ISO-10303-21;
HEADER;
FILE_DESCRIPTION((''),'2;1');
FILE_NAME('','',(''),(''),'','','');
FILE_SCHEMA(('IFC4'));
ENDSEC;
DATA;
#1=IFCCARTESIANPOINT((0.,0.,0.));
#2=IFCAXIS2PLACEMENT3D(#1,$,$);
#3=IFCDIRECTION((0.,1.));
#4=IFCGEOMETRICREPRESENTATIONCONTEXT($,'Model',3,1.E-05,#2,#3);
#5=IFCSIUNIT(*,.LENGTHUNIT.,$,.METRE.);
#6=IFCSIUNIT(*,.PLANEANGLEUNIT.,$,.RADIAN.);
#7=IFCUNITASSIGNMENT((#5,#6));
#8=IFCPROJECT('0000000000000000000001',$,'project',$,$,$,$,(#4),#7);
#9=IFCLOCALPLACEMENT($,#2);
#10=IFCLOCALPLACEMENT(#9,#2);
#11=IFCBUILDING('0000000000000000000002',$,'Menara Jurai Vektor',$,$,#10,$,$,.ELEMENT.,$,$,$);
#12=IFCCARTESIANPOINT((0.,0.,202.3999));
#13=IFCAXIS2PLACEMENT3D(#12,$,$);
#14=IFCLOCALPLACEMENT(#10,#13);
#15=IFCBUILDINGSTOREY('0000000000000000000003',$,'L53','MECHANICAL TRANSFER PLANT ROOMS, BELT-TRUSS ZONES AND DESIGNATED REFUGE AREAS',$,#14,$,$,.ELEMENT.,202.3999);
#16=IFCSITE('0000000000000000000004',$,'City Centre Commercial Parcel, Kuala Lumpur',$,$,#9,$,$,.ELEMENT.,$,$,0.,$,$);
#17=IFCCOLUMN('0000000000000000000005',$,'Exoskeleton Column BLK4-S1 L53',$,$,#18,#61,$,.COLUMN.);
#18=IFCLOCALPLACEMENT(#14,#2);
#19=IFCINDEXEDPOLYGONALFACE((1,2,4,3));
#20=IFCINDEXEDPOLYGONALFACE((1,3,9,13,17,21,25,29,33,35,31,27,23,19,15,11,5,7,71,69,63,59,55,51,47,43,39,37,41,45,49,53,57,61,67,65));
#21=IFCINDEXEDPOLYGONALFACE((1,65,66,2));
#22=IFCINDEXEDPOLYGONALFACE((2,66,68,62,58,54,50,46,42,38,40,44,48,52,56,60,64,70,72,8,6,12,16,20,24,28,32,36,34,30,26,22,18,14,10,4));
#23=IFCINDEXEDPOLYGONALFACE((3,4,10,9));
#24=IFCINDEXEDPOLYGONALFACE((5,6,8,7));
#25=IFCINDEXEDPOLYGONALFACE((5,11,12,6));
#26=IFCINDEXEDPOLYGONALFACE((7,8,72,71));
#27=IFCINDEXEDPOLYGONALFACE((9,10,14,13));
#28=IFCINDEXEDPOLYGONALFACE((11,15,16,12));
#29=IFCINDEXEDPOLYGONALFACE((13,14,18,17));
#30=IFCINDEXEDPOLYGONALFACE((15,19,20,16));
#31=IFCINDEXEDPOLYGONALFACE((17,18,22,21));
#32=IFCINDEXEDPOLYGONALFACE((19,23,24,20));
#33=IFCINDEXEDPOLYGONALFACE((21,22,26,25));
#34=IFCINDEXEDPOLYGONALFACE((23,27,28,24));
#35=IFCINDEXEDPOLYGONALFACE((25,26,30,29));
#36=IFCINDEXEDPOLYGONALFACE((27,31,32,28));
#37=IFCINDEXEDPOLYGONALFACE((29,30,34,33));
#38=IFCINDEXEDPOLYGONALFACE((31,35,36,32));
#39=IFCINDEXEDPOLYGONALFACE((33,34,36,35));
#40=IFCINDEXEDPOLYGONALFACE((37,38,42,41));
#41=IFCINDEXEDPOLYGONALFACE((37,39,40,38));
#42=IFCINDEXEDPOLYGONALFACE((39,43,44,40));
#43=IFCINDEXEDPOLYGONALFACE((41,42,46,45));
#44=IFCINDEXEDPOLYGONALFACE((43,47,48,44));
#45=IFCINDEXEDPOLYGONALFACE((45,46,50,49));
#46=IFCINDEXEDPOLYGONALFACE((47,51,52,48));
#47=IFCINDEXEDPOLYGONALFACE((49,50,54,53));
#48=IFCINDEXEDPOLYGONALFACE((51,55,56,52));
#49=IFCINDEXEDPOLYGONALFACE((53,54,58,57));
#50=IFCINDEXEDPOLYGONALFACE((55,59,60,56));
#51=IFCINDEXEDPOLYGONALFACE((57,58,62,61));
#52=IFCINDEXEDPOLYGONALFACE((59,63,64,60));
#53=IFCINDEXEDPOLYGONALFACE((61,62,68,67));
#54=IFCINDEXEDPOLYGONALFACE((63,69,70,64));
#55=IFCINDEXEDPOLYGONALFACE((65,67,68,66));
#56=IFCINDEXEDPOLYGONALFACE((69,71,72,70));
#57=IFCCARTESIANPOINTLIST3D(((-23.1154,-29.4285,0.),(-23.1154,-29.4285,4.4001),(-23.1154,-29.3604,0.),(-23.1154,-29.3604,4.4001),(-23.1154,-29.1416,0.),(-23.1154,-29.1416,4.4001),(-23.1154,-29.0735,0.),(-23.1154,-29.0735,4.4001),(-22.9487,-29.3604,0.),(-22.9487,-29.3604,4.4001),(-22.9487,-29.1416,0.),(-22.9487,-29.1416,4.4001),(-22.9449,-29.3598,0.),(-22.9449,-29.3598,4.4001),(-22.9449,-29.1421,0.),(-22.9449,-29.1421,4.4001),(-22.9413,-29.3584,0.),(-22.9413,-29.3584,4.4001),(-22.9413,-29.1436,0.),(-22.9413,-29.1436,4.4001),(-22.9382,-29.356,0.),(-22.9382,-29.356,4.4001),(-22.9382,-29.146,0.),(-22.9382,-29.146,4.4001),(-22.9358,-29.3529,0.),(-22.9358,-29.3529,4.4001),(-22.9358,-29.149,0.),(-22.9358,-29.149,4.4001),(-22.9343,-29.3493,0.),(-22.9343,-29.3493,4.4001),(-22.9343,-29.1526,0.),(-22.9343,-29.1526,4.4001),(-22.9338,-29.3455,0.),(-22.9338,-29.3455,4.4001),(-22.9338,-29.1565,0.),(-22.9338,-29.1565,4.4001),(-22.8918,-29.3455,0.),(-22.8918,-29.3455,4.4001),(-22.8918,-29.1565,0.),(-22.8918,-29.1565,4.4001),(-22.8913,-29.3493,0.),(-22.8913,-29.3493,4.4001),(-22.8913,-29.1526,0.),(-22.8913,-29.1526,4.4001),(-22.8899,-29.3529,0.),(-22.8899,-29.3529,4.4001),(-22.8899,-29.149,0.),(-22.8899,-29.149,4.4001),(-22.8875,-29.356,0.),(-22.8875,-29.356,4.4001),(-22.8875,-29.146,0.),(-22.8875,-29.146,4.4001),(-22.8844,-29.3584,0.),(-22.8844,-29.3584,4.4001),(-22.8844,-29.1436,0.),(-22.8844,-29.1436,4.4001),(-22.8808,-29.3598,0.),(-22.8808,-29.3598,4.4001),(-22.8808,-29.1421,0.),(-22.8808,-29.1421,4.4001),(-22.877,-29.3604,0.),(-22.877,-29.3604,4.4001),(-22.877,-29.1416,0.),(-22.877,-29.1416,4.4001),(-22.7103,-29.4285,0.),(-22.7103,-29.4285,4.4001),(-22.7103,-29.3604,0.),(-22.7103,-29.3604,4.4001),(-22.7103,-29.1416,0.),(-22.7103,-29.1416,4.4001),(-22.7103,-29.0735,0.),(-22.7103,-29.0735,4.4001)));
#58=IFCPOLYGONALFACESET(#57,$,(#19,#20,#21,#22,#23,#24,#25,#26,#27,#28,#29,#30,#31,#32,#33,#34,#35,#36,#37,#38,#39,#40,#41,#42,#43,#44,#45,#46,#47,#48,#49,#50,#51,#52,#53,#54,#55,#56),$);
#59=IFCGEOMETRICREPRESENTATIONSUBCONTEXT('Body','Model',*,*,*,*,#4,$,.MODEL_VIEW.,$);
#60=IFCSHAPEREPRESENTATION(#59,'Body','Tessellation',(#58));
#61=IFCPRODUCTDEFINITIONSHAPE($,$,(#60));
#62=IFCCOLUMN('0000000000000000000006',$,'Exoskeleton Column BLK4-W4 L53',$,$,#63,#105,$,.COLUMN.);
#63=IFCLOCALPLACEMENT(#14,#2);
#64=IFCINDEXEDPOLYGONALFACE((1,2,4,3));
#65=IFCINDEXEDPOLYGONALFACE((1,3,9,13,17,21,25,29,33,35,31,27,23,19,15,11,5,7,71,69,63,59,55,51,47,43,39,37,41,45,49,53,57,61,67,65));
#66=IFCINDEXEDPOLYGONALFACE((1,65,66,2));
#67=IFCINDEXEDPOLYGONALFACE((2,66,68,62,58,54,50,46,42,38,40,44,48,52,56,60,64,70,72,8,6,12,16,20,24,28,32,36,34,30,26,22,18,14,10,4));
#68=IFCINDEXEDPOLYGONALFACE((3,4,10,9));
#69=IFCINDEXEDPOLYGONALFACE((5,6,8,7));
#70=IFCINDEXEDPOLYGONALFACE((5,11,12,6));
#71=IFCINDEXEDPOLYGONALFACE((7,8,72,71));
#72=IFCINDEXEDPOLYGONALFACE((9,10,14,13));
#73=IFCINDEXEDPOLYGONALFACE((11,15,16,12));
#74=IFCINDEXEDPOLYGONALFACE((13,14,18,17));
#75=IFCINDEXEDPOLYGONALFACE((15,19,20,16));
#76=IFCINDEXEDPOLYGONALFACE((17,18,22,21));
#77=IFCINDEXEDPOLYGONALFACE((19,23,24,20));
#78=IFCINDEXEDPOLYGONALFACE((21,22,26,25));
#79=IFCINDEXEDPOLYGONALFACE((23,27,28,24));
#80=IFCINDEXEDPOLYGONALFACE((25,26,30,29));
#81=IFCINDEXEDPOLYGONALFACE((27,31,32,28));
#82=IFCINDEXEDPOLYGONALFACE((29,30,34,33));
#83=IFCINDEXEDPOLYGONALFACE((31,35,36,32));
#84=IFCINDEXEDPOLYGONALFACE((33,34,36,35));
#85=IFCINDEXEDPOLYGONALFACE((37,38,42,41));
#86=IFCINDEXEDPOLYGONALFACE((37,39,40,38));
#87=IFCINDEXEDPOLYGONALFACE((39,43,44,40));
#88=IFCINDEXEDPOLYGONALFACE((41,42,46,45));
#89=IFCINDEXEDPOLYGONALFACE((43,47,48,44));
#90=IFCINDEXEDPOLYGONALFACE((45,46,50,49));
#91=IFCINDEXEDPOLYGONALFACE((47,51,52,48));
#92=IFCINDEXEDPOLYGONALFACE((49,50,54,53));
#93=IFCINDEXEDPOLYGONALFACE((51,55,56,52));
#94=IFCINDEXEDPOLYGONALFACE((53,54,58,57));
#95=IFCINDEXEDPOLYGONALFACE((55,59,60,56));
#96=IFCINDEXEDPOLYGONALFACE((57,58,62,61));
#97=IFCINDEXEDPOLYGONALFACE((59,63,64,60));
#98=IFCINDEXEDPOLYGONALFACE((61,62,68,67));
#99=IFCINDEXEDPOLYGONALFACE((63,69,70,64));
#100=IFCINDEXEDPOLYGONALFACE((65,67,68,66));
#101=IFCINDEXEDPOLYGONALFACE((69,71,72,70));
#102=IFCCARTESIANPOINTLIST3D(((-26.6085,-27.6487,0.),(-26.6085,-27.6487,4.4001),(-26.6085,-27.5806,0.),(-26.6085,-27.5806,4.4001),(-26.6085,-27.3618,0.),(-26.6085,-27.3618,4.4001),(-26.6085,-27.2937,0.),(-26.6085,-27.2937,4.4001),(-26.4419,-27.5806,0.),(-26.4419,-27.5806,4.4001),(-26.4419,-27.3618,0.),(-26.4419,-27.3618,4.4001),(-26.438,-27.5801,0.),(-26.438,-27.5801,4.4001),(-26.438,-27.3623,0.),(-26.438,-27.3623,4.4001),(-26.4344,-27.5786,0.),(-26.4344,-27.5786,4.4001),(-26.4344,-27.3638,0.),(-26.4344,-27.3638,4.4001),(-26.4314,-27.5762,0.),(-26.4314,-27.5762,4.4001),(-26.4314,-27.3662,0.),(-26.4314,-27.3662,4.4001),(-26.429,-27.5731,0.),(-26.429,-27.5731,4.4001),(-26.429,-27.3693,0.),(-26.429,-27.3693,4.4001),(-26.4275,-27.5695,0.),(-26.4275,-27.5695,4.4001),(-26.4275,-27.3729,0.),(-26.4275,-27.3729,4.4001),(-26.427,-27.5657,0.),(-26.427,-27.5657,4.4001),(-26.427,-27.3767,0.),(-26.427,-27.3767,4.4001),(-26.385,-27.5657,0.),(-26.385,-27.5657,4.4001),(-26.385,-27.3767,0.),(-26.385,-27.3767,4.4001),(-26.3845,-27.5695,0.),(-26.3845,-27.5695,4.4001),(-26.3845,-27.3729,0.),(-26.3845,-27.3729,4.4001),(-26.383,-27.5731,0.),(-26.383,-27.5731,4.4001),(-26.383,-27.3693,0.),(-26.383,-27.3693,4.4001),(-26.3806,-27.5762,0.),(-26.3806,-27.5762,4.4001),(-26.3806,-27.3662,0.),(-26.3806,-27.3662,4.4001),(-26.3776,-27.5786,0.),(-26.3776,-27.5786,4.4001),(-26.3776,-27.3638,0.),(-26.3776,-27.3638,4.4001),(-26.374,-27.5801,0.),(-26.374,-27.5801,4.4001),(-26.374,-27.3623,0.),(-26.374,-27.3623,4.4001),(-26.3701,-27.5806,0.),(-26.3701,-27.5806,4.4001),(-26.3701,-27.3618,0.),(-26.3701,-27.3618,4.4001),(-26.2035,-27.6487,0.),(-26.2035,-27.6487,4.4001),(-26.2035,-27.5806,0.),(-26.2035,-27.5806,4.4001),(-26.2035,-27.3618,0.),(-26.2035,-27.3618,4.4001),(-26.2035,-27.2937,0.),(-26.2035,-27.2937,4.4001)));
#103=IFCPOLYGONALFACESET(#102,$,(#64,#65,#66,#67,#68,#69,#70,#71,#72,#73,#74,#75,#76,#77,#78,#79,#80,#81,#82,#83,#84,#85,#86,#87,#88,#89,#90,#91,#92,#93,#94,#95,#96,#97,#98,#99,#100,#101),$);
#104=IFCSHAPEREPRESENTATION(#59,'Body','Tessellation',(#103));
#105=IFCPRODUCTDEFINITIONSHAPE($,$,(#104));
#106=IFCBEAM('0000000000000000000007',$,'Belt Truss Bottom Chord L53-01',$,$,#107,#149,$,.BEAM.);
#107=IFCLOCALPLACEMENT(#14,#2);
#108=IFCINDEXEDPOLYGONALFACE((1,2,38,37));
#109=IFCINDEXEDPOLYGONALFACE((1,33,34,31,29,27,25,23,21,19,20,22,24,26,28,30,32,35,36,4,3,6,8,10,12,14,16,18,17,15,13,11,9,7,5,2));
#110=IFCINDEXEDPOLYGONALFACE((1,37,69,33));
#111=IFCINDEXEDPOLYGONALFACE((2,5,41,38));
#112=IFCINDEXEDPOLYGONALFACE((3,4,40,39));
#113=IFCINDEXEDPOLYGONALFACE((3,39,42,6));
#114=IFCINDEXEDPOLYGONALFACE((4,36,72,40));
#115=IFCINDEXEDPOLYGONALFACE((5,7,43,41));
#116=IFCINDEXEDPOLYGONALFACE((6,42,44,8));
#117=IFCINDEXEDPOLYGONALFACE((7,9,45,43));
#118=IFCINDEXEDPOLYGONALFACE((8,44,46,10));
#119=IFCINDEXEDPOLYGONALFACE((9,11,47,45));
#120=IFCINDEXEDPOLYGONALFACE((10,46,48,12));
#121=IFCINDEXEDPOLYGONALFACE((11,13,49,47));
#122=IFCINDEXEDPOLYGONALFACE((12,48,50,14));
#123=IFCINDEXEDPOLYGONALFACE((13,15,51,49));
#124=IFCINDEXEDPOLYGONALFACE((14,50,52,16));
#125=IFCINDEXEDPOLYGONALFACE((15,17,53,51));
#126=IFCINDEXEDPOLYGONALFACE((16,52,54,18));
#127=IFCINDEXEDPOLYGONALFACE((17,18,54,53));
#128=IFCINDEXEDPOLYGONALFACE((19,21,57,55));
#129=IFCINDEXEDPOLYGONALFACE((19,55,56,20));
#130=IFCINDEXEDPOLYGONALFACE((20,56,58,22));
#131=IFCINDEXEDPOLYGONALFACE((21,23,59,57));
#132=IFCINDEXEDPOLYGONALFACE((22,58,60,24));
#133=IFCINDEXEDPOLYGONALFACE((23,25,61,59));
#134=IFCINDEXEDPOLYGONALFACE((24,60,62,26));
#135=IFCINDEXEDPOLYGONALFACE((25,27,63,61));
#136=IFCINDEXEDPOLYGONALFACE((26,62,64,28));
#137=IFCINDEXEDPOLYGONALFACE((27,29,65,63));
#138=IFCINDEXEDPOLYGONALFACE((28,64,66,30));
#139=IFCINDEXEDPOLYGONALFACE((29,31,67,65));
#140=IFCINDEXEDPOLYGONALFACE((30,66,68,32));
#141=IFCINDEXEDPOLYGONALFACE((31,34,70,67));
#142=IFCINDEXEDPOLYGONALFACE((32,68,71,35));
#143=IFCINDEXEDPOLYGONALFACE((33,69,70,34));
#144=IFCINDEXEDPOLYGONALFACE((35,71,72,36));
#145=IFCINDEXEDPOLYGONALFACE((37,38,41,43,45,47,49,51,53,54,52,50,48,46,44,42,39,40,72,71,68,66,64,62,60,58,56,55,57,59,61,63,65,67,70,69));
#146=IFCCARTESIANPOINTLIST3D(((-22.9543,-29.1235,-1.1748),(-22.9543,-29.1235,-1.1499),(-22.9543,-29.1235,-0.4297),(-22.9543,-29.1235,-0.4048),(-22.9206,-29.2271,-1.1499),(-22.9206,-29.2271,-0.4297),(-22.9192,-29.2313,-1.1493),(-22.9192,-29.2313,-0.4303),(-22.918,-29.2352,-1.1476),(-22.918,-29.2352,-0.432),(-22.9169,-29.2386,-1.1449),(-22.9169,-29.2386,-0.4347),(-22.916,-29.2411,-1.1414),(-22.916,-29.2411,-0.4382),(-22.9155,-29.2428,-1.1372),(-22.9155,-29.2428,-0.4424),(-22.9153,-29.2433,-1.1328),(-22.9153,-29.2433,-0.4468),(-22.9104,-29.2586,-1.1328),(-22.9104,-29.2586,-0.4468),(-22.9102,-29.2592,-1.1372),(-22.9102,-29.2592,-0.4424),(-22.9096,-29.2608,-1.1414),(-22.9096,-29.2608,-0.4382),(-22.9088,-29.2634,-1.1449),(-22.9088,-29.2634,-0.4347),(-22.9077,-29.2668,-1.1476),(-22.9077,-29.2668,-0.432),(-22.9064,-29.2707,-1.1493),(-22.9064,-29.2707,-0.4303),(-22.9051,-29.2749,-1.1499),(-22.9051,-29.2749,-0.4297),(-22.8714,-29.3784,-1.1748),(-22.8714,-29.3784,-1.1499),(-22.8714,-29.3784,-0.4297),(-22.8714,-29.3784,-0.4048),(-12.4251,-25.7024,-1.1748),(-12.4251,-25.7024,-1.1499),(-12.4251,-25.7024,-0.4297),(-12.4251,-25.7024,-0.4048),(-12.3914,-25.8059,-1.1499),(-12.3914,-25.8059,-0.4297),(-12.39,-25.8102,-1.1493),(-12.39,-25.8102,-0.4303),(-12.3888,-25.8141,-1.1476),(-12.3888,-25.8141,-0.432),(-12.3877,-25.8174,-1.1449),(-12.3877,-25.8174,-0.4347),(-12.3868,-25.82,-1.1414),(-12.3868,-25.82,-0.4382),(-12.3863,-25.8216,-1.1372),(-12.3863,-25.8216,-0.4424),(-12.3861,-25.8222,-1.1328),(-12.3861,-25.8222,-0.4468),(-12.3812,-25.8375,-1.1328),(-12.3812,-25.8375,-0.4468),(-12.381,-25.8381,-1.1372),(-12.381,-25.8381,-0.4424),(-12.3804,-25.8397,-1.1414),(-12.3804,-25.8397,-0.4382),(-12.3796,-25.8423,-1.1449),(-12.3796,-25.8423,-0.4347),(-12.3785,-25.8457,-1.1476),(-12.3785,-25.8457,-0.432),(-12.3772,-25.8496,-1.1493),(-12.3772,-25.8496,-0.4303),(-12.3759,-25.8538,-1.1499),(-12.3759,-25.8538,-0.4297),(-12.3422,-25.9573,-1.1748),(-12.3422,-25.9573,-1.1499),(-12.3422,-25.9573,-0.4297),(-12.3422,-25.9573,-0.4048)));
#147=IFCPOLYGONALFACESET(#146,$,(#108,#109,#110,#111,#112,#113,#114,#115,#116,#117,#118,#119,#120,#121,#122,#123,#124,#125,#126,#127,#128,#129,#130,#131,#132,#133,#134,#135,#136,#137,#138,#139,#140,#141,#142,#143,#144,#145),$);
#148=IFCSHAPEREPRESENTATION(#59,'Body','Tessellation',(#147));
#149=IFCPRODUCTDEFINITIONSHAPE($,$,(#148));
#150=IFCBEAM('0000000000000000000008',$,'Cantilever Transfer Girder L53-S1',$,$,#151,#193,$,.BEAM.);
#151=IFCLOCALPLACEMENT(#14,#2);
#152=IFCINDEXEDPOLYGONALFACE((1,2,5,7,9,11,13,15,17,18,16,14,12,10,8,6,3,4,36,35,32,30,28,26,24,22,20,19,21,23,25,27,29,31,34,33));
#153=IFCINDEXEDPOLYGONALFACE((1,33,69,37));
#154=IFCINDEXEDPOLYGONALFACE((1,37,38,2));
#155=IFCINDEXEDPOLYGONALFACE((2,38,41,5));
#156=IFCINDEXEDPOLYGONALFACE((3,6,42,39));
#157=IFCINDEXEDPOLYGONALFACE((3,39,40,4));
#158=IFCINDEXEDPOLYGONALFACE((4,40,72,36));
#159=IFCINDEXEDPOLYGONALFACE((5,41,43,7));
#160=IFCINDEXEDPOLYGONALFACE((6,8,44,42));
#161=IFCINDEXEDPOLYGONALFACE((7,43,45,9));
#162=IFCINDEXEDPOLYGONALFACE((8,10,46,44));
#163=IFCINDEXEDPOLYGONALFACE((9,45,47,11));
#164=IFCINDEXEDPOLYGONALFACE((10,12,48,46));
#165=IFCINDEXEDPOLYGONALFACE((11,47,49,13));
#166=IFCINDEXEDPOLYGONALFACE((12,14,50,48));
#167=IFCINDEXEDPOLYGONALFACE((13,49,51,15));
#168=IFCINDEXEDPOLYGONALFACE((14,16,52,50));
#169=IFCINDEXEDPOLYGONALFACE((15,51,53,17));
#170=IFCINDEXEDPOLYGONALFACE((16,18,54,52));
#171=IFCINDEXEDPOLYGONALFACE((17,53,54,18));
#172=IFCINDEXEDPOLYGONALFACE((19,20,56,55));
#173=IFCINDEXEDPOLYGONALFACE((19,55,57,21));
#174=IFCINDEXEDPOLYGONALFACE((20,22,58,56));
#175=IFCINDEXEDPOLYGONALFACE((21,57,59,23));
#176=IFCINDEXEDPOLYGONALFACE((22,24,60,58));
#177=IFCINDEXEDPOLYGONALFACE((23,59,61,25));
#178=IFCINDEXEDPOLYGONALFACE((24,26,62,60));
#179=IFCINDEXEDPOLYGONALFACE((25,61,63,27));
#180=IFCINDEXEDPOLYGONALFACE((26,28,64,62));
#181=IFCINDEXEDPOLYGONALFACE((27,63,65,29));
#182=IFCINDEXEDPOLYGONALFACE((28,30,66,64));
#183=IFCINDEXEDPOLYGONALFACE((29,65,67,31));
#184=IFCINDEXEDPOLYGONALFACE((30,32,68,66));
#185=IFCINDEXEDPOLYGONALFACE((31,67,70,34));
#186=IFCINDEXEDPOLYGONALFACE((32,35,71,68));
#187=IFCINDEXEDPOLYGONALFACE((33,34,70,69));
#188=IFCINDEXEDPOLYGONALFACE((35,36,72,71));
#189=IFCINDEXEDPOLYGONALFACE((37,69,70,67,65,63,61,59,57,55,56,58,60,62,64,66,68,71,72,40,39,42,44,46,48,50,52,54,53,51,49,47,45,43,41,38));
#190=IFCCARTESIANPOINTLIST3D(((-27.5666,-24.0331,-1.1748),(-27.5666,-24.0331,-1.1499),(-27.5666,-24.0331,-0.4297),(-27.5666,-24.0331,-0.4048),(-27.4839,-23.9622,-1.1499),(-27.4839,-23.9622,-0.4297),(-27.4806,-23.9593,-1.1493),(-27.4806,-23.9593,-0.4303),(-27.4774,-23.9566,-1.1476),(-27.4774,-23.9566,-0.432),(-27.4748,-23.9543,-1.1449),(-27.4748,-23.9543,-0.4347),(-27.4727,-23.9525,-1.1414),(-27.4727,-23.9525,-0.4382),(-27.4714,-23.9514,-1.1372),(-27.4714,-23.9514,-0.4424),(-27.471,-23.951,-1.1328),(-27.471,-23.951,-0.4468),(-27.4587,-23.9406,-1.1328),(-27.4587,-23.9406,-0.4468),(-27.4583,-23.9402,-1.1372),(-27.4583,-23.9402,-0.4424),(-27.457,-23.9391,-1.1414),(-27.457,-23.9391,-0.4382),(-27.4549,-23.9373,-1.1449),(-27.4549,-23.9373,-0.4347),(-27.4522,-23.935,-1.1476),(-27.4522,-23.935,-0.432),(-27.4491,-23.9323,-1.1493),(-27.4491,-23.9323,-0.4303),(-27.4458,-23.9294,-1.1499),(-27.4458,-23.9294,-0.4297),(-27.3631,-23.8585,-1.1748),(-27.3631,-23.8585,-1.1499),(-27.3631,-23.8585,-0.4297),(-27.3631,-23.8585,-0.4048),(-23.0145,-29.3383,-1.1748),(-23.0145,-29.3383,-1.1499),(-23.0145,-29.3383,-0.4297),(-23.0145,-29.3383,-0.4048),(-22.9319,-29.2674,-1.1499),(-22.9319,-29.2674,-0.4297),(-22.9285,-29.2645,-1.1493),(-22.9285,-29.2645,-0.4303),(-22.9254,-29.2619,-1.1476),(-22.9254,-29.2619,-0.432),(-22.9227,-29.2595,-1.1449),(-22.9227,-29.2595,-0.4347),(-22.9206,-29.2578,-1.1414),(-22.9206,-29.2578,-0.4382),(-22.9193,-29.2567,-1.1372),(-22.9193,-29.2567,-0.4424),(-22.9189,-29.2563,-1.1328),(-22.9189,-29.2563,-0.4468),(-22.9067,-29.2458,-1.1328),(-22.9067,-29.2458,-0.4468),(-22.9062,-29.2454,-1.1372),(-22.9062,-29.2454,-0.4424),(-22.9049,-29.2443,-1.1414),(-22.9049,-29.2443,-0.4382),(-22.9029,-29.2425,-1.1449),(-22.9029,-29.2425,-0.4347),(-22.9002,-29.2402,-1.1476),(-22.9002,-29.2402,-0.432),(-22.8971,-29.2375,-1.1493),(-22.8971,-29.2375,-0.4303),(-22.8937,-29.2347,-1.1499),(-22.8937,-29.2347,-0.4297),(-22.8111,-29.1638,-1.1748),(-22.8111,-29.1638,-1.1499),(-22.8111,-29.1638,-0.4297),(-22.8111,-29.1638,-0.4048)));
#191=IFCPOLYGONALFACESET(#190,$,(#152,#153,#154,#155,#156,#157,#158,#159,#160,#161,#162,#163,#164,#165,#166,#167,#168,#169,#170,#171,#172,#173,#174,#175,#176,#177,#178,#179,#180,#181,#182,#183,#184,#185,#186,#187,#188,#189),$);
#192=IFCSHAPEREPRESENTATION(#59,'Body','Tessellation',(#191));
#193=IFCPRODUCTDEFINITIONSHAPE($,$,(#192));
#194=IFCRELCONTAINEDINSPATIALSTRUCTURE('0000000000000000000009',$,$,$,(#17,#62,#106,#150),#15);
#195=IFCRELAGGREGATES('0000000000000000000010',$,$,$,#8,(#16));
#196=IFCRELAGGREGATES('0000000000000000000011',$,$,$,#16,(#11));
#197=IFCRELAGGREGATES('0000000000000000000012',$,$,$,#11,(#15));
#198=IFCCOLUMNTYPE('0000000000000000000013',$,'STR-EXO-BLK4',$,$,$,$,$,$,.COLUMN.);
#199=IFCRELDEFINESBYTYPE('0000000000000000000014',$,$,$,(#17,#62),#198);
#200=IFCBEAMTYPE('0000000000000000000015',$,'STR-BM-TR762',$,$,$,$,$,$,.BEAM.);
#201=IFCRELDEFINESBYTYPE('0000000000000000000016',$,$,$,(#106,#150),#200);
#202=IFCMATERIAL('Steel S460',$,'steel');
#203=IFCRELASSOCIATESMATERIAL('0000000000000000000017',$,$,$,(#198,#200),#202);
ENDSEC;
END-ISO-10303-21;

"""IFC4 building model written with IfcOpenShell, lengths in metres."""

from ifc_helpers import new_model, si_unit, direction, frame, origin, origin_2d, place, context, subcontext, project, spatial, i_section, extrude, material, material_profile, profile_set, type_object, element, save


model = new_model("IFC4")

# Units and contexts
model_context = context("Model", 3, precision=1e-05, world=origin(), true_north=direction((0.0, 1.0)))
body_context = subcontext(model_context, "Body", "Model", "MODEL_VIEW")
ifc_project = project(units=[si_unit("LENGTHUNIT", "METRE"), si_unit("PLANEANGLEUNIT", "RADIAN")], contexts=[model_context])

# Site, building, storey
site_placement = place(None, origin())
site = spatial("IfcSite", under=ifc_project, at=site_placement, Name="City Centre Commercial Parcel, Kuala Lumpur", CompositionType="ELEMENT", RefElevation=0.0)
building_placement = place(site_placement, origin())
building = spatial("IfcBuilding", under=site, at=building_placement, Name="Menara Jurai Vektor", CompositionType="ELEMENT")
storey_placement = place(building_placement, frame((0.0, 0.0, 202.3999)))
storey = spatial("IfcBuildingStorey", under=building, at=storey_placement, Name="L53", Description="MECHANICAL TRANSFER PLANT ROOMS, BELT-TRUSS ZONES AND DESIGNATED REFUGE AREAS", CompositionType="ELEMENT", Elevation=202.3999)

# Columns
ifc_material_1 = material(Name="Steel S460", Category="steel")
ifc_material_profile_1 = material_profile(ifc_material_1, i_section(OverallWidth=0.405, OverallDepth=0.355, WebThickness=0.042, FlangeThickness=0.0681, FilletRadius=0.0149, at=origin_2d()), Name="HD 400x551")
ifc_profile_set_1 = profile_set([ifc_material_profile_1], Name="Steel S460")
column_type = type_object("IfcColumnType", Name="STR-EXO-BLK4", PredefinedType="COLUMN", material=ifc_profile_set_1)
for number, where, z_axis, x_axis, name in (
    (1, (-22.9128, -29.251, 0.0), (0.0, 0.0, 1.0), (1.0, 0.0, 0.0), "Exoskeleton Column BLK4-S1 L53"),
    (2, (-26.406, -27.4712, 0.0), (0.0, 0.0, 1.0), (1.0, 0.0, 0.0), "Exoskeleton Column BLK4-W4 L53"),
):
    element("IfcColumn", number, at=place(storey_placement, frame(where, z_axis=z_axis, x_axis=x_axis)), inside=storey, type_object=column_type, Name=name, PredefinedType="COLUMN", context=body_context, shape_type="SweptSolid", body=[
        extrude(i_section(OverallWidth=0.405, OverallDepth=0.355, WebThickness=0.042, FlangeThickness=0.0681, FilletRadius=0.0149, at=origin_2d()), origin(), (0.0, 0.0, 1.0), 4.4001),
    ])

# Beams
ifc_material_profile_2 = material_profile(ifc_material_1, i_section(OverallWidth=0.2681, OverallDepth=0.77, WebThickness=0.0161, FlangeThickness=0.0249, FilletRadius=0.0171, at=origin_2d()), Name="UKB 762x267x197")
ifc_profile_set_2 = profile_set([ifc_material_profile_2], Name="Steel S460")
beam_type_1 = type_object("IfcBeamType", Name="STR-BM-TR762", PredefinedType="BEAM", material=ifc_profile_set_2)
beam_1_placement = place(storey_placement, frame((-22.9128, -29.251, -0.7898), z_axis=(0.951057, 0.309014, 0.0), x_axis=(-0.309014, 0.951057, 0.0)))
element("IfcBeam", 3, at=beam_1_placement, inside=storey, type_object=beam_type_1, Name="Belt Truss Bottom Chord L53-01", PredefinedType="BEAM", context=body_context, shape_type="SweptSolid", body=[
    extrude(i_section(OverallWidth=0.2681, OverallDepth=0.77, WebThickness=0.0161, FlangeThickness=0.0249, FilletRadius=0.0171, at=origin_2d()), origin(), (0.0, 0.0, 1.0), 11.071),
])
beam_2_placement = place(storey_placement, frame((-27.4648, -23.9458, -0.7898), z_axis=(0.65118, -0.758924, 0.0), x_axis=(0.758924, 0.65118, 0.0)))
element("IfcBeam", 4, at=beam_2_placement, inside=storey, type_object=beam_type_1, Name="Cantilever Transfer Girder L53-S1", PredefinedType="BEAM", context=body_context, shape_type="SweptSolid", body=[
    extrude(i_section(OverallWidth=0.2681, OverallDepth=0.77, WebThickness=0.0161, FlangeThickness=0.0249, FilletRadius=0.0171, at=origin_2d()), origin(), (0.0, 0.0, 1.0), 6.9905),
])

save(model, "model.ifc")
